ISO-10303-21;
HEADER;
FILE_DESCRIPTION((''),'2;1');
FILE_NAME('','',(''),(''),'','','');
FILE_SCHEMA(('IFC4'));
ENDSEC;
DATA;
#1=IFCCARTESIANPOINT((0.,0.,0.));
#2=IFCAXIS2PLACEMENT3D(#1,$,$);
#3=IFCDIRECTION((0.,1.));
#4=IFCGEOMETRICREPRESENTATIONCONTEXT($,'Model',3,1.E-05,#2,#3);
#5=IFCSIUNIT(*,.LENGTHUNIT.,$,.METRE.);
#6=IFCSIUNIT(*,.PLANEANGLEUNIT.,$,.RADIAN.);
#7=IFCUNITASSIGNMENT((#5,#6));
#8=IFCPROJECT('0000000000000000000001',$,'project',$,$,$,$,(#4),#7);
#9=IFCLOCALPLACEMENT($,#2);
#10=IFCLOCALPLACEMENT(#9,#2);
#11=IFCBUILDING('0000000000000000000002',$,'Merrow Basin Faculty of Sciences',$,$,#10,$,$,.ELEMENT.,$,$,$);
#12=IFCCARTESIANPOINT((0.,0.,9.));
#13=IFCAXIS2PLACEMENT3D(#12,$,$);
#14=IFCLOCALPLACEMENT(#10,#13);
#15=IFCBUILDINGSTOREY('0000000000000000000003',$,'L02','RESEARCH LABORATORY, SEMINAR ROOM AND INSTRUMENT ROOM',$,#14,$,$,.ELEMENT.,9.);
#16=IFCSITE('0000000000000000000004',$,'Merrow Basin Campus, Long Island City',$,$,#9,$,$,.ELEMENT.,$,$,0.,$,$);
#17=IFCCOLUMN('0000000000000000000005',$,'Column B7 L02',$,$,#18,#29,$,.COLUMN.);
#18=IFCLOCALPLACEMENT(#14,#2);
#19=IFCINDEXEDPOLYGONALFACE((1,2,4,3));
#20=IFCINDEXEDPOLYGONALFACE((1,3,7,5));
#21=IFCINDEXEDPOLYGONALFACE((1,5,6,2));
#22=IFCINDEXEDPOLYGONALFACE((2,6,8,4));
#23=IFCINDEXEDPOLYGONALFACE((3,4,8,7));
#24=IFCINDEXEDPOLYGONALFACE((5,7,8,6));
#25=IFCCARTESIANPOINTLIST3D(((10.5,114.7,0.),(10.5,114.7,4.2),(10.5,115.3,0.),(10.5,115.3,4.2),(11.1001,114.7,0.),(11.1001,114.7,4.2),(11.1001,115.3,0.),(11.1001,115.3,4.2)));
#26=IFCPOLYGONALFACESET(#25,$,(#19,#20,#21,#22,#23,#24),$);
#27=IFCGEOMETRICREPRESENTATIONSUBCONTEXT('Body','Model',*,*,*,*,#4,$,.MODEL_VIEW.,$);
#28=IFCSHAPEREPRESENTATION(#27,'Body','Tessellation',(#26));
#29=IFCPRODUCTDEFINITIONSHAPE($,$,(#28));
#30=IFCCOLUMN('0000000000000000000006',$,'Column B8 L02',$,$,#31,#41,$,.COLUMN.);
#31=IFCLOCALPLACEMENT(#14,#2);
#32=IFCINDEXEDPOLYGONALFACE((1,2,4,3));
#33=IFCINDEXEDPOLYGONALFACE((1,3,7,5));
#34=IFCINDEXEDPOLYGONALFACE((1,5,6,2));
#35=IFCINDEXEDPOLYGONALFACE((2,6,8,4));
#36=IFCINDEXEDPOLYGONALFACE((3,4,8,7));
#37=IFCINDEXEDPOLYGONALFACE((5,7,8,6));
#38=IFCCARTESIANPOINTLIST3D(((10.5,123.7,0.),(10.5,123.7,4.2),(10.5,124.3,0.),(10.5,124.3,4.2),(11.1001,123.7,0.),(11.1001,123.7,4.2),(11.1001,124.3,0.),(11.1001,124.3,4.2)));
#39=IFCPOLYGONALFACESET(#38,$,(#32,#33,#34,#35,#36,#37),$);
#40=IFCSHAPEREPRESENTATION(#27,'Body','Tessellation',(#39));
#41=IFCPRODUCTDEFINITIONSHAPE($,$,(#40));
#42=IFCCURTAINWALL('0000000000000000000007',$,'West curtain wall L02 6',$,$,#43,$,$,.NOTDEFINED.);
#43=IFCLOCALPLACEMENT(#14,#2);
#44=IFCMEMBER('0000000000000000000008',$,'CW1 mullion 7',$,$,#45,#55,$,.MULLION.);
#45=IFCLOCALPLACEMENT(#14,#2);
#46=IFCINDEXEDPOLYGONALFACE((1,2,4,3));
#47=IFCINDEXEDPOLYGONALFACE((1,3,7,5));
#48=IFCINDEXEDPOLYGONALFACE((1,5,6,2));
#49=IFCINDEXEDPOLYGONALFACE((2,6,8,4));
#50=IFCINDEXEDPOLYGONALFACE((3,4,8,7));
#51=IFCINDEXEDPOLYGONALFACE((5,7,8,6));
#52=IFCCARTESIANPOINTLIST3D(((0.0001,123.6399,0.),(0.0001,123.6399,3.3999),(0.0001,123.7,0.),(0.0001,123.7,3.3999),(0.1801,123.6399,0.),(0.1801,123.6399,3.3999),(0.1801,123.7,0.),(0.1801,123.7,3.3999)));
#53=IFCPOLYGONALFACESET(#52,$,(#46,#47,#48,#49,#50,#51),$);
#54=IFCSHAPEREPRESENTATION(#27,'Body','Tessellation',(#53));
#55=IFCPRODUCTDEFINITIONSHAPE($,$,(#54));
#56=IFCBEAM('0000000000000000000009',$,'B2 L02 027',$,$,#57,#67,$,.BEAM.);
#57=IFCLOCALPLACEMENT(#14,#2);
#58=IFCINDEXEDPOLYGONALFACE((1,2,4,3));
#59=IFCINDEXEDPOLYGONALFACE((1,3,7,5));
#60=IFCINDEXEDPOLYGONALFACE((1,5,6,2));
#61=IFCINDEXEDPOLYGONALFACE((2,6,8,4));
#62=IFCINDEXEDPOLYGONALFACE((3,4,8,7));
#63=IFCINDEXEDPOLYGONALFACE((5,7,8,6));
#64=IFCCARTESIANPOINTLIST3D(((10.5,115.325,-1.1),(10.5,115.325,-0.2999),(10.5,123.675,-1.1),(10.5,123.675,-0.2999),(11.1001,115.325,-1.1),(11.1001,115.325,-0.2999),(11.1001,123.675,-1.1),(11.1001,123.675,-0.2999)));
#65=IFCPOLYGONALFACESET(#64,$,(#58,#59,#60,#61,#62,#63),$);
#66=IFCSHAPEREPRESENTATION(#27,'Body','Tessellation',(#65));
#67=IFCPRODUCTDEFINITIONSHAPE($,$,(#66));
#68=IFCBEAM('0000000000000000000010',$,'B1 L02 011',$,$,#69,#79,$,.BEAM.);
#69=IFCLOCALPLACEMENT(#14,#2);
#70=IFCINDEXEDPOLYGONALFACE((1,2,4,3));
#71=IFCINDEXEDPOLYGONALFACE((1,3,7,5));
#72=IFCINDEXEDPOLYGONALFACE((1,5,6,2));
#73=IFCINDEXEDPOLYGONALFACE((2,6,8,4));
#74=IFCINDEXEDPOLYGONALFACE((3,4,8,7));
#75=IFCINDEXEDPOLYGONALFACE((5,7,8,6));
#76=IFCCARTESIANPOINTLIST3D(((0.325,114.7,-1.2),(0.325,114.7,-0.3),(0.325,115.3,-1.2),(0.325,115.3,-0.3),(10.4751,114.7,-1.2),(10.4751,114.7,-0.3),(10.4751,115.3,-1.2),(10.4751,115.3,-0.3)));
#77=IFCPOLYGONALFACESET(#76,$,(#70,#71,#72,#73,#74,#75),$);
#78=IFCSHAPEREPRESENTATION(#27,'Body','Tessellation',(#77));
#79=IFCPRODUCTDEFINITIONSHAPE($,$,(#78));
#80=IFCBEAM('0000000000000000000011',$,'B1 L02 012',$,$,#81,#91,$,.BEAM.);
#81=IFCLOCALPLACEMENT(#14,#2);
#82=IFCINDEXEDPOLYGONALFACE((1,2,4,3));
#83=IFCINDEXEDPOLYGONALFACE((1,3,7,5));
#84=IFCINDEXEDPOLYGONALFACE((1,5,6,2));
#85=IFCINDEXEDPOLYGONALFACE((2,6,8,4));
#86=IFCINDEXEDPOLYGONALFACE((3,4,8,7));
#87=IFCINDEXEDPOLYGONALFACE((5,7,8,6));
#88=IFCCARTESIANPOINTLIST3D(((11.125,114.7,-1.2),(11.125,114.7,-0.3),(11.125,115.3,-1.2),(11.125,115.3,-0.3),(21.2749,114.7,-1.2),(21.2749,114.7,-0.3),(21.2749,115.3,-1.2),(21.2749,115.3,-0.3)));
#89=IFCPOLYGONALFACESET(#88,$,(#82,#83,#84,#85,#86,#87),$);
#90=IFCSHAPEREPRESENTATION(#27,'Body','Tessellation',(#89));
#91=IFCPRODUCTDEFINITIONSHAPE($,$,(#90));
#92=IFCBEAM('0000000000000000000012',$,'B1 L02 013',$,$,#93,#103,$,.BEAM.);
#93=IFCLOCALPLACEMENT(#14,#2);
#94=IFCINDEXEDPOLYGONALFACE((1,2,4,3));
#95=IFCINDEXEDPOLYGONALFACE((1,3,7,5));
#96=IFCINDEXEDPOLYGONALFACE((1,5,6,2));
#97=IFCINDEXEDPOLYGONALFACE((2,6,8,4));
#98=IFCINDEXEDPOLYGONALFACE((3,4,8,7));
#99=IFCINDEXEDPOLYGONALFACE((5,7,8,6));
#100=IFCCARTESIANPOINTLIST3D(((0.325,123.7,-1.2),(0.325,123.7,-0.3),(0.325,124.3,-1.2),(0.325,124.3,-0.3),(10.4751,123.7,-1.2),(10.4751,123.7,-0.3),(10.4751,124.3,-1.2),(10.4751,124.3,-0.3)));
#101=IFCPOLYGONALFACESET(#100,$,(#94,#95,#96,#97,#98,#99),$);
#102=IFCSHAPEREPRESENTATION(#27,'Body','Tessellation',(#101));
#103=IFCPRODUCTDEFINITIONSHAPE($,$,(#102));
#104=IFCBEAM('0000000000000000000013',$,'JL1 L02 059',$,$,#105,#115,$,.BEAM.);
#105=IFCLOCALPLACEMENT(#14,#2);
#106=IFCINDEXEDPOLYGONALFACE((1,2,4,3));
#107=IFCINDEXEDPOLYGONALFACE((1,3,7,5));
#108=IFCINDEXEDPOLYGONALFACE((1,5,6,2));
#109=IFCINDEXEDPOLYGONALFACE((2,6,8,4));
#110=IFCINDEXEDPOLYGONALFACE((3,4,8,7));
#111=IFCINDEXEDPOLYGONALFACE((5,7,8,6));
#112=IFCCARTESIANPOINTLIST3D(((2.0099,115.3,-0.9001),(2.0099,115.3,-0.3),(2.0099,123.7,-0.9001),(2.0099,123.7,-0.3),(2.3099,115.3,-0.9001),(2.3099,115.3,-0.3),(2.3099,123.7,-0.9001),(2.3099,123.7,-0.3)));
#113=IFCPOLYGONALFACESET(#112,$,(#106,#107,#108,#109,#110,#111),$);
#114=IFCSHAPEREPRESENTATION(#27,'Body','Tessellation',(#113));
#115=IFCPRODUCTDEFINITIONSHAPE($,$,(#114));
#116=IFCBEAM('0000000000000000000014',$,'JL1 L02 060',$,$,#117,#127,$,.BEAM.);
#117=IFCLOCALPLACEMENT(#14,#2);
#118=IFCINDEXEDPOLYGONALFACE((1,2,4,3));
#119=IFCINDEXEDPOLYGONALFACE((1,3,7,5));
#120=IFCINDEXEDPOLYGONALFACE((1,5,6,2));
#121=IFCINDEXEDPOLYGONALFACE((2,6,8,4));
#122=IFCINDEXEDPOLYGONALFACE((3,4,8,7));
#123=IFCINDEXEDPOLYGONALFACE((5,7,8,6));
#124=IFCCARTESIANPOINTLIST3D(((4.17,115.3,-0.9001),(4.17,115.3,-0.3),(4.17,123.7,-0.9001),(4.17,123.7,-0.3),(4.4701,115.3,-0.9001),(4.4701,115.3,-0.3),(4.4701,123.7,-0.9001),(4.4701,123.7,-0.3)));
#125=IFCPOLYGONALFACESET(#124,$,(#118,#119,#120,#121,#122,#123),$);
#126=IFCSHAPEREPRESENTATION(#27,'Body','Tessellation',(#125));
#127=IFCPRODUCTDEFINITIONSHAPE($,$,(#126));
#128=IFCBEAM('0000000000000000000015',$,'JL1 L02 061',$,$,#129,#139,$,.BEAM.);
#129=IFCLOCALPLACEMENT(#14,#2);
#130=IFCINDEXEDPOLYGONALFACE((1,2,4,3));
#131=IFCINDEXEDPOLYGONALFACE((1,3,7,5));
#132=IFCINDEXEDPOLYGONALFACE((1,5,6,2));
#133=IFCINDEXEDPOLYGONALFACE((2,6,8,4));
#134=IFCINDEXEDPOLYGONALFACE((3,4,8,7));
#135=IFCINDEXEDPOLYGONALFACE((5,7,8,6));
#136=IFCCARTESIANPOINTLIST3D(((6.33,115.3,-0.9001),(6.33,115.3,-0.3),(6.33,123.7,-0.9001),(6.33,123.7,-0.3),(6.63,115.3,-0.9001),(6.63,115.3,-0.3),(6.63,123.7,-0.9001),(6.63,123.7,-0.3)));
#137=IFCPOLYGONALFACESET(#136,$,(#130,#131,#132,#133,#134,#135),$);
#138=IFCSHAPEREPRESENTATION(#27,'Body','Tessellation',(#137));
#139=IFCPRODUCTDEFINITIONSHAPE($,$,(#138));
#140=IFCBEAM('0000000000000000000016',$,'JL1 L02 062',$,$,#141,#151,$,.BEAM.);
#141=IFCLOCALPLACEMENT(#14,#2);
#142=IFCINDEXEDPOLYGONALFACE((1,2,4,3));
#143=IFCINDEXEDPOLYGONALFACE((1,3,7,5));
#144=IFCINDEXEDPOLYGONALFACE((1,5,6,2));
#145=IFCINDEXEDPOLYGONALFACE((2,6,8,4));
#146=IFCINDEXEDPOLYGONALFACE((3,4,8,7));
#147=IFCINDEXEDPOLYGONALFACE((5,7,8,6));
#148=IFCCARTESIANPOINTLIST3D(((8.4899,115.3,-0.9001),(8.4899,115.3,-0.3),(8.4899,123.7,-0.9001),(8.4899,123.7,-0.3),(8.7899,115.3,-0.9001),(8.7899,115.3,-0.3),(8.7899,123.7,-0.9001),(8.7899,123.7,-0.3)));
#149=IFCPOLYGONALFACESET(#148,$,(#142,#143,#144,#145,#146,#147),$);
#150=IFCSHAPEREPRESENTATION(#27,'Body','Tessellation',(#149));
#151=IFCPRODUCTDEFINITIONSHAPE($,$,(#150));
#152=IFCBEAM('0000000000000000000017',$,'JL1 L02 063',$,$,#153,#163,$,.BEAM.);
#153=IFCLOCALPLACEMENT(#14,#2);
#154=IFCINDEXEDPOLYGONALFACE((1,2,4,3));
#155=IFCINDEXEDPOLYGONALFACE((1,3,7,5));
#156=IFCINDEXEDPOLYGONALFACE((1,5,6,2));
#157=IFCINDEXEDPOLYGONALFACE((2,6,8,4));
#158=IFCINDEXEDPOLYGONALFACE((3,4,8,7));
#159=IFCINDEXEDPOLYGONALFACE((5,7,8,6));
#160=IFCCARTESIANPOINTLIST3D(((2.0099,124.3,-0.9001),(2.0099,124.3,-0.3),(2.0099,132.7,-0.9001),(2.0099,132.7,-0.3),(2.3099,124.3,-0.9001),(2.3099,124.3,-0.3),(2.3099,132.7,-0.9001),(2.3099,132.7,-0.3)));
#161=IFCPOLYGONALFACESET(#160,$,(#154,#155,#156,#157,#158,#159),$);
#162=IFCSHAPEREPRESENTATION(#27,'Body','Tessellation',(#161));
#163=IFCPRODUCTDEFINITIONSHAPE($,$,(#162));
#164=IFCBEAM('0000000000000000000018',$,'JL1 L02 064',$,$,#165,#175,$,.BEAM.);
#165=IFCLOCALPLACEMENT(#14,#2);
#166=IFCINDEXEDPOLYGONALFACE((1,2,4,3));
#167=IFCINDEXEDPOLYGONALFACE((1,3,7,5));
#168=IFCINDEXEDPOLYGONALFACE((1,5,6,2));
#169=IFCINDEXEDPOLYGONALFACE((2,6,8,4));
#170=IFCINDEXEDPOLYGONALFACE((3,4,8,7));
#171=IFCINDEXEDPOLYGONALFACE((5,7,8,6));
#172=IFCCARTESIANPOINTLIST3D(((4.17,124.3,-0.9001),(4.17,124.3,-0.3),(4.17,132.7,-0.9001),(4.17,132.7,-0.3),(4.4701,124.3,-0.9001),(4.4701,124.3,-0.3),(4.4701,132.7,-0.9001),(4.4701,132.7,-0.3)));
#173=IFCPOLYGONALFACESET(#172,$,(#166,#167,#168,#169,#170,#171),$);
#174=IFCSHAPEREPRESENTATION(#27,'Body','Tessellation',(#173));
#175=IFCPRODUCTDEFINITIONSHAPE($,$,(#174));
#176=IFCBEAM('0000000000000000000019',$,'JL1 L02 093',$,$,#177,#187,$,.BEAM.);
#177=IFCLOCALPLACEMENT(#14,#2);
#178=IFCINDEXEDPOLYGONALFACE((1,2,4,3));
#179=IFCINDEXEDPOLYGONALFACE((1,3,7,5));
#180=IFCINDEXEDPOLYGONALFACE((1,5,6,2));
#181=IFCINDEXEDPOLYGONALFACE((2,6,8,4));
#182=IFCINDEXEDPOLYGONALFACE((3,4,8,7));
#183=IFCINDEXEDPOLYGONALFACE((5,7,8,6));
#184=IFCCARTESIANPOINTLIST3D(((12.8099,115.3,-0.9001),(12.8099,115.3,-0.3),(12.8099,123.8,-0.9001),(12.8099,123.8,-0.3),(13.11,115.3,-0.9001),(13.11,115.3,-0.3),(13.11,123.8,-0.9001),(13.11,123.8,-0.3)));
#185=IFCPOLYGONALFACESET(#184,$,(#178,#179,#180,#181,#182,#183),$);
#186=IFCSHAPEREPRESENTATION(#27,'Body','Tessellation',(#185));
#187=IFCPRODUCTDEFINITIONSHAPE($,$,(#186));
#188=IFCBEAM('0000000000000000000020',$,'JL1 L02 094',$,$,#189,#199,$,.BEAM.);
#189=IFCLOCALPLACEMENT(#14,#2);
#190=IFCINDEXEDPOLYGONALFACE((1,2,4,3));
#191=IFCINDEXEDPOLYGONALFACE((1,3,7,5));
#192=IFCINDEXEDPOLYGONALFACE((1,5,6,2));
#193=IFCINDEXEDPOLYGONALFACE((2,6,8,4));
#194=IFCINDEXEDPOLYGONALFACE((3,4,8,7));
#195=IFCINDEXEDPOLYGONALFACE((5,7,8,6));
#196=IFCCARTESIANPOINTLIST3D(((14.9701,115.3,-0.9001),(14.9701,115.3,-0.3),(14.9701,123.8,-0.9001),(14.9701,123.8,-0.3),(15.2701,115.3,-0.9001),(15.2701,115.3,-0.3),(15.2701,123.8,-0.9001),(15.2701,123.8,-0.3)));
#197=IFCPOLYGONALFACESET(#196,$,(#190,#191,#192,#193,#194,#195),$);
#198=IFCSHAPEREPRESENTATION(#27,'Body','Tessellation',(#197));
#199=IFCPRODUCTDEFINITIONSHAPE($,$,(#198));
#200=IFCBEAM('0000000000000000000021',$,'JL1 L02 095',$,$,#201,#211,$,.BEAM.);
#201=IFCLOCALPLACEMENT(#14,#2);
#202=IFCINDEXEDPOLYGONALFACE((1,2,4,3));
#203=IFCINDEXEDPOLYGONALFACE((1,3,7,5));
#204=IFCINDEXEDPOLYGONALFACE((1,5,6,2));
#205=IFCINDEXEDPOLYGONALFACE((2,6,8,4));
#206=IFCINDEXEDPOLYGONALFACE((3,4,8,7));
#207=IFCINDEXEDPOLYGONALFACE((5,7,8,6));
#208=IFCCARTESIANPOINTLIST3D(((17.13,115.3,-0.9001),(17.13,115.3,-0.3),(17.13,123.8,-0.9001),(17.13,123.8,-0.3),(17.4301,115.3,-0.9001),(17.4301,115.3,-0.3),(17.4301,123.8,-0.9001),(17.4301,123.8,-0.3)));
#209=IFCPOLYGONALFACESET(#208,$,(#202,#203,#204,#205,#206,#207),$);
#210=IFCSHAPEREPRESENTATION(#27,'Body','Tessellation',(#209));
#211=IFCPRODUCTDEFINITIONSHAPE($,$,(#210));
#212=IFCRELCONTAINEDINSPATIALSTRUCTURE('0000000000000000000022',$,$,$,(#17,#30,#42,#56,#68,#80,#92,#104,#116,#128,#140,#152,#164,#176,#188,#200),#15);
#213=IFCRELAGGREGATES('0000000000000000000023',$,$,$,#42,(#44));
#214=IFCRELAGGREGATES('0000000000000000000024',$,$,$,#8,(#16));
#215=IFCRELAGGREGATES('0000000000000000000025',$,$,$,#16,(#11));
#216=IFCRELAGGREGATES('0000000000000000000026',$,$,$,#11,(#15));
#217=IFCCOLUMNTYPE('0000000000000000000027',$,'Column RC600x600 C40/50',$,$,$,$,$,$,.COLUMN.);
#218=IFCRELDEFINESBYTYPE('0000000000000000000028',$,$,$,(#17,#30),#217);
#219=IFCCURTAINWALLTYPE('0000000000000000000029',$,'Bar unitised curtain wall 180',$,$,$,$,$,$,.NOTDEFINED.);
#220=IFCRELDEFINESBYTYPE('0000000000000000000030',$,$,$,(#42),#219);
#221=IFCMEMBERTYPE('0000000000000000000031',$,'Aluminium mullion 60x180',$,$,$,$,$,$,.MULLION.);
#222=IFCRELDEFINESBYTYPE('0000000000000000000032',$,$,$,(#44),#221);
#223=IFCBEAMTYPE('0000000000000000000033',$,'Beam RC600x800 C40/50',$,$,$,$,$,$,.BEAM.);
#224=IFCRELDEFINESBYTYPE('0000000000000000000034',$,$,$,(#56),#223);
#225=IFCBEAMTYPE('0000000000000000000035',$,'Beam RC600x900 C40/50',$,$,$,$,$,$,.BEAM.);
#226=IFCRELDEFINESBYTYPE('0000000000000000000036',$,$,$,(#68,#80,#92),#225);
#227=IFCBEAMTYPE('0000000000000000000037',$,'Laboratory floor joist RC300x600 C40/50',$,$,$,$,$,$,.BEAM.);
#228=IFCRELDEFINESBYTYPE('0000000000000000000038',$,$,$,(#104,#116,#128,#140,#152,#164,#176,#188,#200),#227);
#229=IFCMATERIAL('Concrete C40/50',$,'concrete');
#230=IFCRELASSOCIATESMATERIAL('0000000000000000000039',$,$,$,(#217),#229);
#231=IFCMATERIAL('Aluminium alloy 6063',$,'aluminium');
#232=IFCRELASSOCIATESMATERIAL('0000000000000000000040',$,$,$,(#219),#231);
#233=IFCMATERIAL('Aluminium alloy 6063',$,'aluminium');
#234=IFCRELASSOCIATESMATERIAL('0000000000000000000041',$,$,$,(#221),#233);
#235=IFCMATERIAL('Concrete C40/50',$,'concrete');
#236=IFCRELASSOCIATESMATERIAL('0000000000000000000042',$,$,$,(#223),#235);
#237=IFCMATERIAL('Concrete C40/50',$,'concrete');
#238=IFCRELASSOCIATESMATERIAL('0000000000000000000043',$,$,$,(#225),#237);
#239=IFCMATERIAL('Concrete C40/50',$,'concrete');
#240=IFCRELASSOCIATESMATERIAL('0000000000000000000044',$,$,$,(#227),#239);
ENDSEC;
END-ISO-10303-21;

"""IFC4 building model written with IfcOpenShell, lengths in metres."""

from ifc_helpers import new_model, si_unit, direction, frame, origin, origin_2d, place, context, subcontext, project, spatial, rectangle, extrude, material, material_profile, profile_set, type_object, element, aggregate, save


model = new_model("IFC4")

# Units and contexts
model_context = context("Model", 3, precision=1e-05, world=origin(), true_north=direction((0.0, 1.0)))
body_context = subcontext(model_context, "Body", "Model", "MODEL_VIEW")
ifc_project = project(units=[si_unit("LENGTHUNIT", "METRE"), si_unit("PLANEANGLEUNIT", "RADIAN")], contexts=[model_context])

# Site, building, storey
site_placement = place(None, origin())
site = spatial("IfcSite", under=ifc_project, at=site_placement, Name="Merrow Basin Campus, Long Island City", CompositionType="ELEMENT", RefElevation=0.0)
building_placement = place(site_placement, origin())
building = spatial("IfcBuilding", under=site, at=building_placement, Name="Merrow Basin Faculty of Sciences", CompositionType="ELEMENT")
storey_placement = place(building_placement, frame((0.0, 0.0, 9.0)))
storey = spatial("IfcBuildingStorey", under=building, at=storey_placement, Name="L02", Description="RESEARCH LABORATORY, SEMINAR ROOM AND INSTRUMENT ROOM", CompositionType="ELEMENT", Elevation=9.0)

# Columns
ifc_material_1 = material(Name="Concrete C40/50", Category="concrete")
ifc_material_profile_1 = material_profile(ifc_material_1, rectangle(XDim=0.6001, YDim=0.6001, at=origin_2d()))
ifc_profile_set_1 = profile_set([ifc_material_profile_1], Name="Concrete C40/50")
column_type = type_object("IfcColumnType", Name="Column RC600x600 C40/50", PredefinedType="COLUMN", material=ifc_profile_set_1)
for number, where, z_axis, x_axis, name in (
    (1, (10.8, 115.0, 0.0), (0.0, 0.0, 1.0), (1.0, 0.0, 0.0), "Column B7 L02"),
    (2, (10.8, 124.0, 0.0), (0.0, 0.0, 1.0), (1.0, 0.0, 0.0), "Column B8 L02"),
):
    element("IfcColumn", number, at=place(storey_placement, frame(where, z_axis=z_axis, x_axis=x_axis)), inside=storey, type_object=column_type, Name=name, PredefinedType="COLUMN", context=body_context, shape_type="SweptSolid", body=[
        extrude(rectangle(XDim=0.6001, YDim=0.6001, at=origin_2d()), origin(), (0.0, 0.0, 1.0), 4.2),
    ])

# Curtain wall, member
ifc_material_2 = material(Name="Aluminium alloy 6063", Category="aluminium")
curtain_wall_type = type_object("IfcCurtainWallType", Name="Bar unitised curtain wall 180", PredefinedType="NOTDEFINED", material=ifc_material_2)
curtain_wall_placement = place(storey_placement, origin())
curtain_wall = element("IfcCurtainWall", 3, at=curtain_wall_placement, inside=storey, type_object=curtain_wall_type, Name="West curtain wall L02 6", PredefinedType="NOTDEFINED")
ifc_material_3 = material(Name="Aluminium alloy 6063", Category="aluminium")
ifc_material_profile_2 = material_profile(ifc_material_3, rectangle(XDim=0.1799, YDim=0.0601, at=origin_2d()))
ifc_profile_set_2 = profile_set([ifc_material_profile_2], Name="Aluminium alloy 6063")
member_type = type_object("IfcMemberType", Name="Aluminium mullion 60x180", PredefinedType="MULLION", material=ifc_profile_set_2)
member_placement = place(storey_placement, frame((0.0901, 123.6699, 0.0), z_axis=(0.0, 0.0, 1.0), x_axis=(-1.0, 0.0, 0.0)))
member = element("IfcMember", 4, at=member_placement, type_object=member_type, Name="CW1 mullion 7", PredefinedType="MULLION", context=body_context, shape_type="SweptSolid", body=[
    extrude(rectangle(XDim=0.1799, YDim=0.0601, at=origin_2d()), origin(), (0.0, 0.0, 1.0), 3.3999),
])

# Beams
ifc_material_4 = material(Name="Concrete C40/50", Category="concrete")
ifc_material_profile_3 = material_profile(ifc_material_4, rectangle(XDim=0.6001, YDim=0.8, at=origin_2d()))
ifc_profile_set_3 = profile_set([ifc_material_profile_3], Name="Concrete C40/50")
beam_type_1 = type_object("IfcBeamType", Name="Beam RC600x800 C40/50", PredefinedType="BEAM", material=ifc_profile_set_3)
beam_1_placement = place(storey_placement, frame((10.8, 115.325, -0.7), z_axis=(0.0, 1.0, 0.0), x_axis=(-1.0, 0.0, 0.0)))
element("IfcBeam", 5, at=beam_1_placement, inside=storey, type_object=beam_type_1, Name="B2 L02 027", PredefinedType="BEAM", context=body_context, shape_type="SweptSolid", body=[
    extrude(rectangle(XDim=0.6001, YDim=0.8, at=origin_2d()), origin(), (0.0, 0.0, 1.0), 8.3501),
])
ifc_material_5 = material(Name="Concrete C40/50", Category="concrete")
ifc_material_profile_4 = material_profile(ifc_material_5, rectangle(XDim=0.6001, YDim=0.8999, at=origin_2d()))
ifc_profile_set_4 = profile_set([ifc_material_profile_4], Name="Concrete C40/50")
beam_type_2 = type_object("IfcBeamType", Name="Beam RC600x900 C40/50", PredefinedType="BEAM", material=ifc_profile_set_4)
beam_2_placement = place(storey_placement, frame((0.325, 115.0, -0.75), z_axis=(1.0, 0.0, 0.0), x_axis=(0.0, 1.0, 0.0)))
element("IfcBeam", 6, at=beam_2_placement, inside=storey, type_object=beam_type_2, Name="B1 L02 011", PredefinedType="BEAM", context=body_context, shape_type="SweptSolid", body=[
    extrude(rectangle(XDim=0.6001, YDim=0.8999, at=origin_2d()), origin(), (0.0, 0.0, 1.0), 10.1501),
])
beam_3_placement = place(storey_placement, frame((11.125, 115.0, -0.75), z_axis=(1.0, 0.0, 0.0), x_axis=(0.0, 1.0, 0.0)))
element("IfcBeam", 7, at=beam_3_placement, inside=storey, type_object=beam_type_2, Name="B1 L02 012", PredefinedType="BEAM", context=body_context, shape_type="SweptSolid", body=[
    extrude(rectangle(XDim=0.6001, YDim=0.8999, at=origin_2d()), origin(), (0.0, 0.0, 1.0), 10.1499),
])
beam_4_placement = place(storey_placement, frame((0.325, 124.0, -0.75), z_axis=(1.0, 0.0, 0.0), x_axis=(0.0, 1.0, 0.0)))
element("IfcBeam", 8, at=beam_4_placement, inside=storey, type_object=beam_type_2, Name="B1 L02 013", PredefinedType="BEAM", context=body_context, shape_type="SweptSolid", body=[
    extrude(rectangle(XDim=0.6001, YDim=0.8999, at=origin_2d()), origin(), (0.0, 0.0, 1.0), 10.1501),
])
ifc_material_6 = material(Name="Concrete C40/50", Category="concrete")
ifc_material_profile_5 = material_profile(ifc_material_6, rectangle(XDim=0.3, YDim=0.6001, at=origin_2d()))
ifc_profile_set_5 = profile_set([ifc_material_profile_5], Name="Concrete C40/50")
beam_type_3 = type_object("IfcBeamType", Name="Laboratory floor joist RC300x600 C40/50", PredefinedType="BEAM", material=ifc_profile_set_5)
for number, where, z_axis, x_axis, name in (
    (9, (2.1599, 115.3, -0.6001), (0.0, 1.0, 0.0), (-1.0, 0.0, 0.0), "JL1 L02 059"),
    (10, (4.3201, 115.3, -0.6001), (0.0, 1.0, 0.0), (-1.0, 0.0, 0.0), "JL1 L02 060"),
    (11, (6.48, 115.3, -0.6001), (0.0, 1.0, 0.0), (-1.0, 0.0, 0.0), "JL1 L02 061"),
    (12, (8.6399, 115.3, -0.6001), (0.0, 1.0, 0.0), (-1.0, 0.0, 0.0), "JL1 L02 062"),
    (13, (2.1599, 124.3, -0.6001), (0.0, 1.0, 0.0), (-1.0, 0.0, 0.0), "JL1 L02 063"),
    (14, (4.3201, 124.3, -0.6001), (0.0, 1.0, 0.0), (-1.0, 0.0, 0.0), "JL1 L02 064"),
):
    element("IfcBeam", number, at=place(storey_placement, frame(where, z_axis=z_axis, x_axis=x_axis)), inside=storey, type_object=beam_type_3, Name=name, PredefinedType="BEAM", context=body_context, shape_type="SweptSolid", body=[
        extrude(rectangle(XDim=0.3, YDim=0.6001, at=origin_2d()), origin(), (0.0, 0.0, 1.0), 8.3999),
    ])
for number, where, z_axis, x_axis, name in (
    (15, (12.96, 115.3, -0.6001), (0.0, 1.0, 0.0), (-1.0, 0.0, 0.0), "JL1 L02 093"),
    (16, (15.1201, 115.3, -0.6001), (0.0, 1.0, 0.0), (-1.0, 0.0, 0.0), "JL1 L02 094"),
    (17, (17.28, 115.3, -0.6001), (0.0, 1.0, 0.0), (-1.0, 0.0, 0.0), "JL1 L02 095"),
):
    element("IfcBeam", number, at=place(storey_placement, frame(where, z_axis=z_axis, x_axis=x_axis)), inside=storey, type_object=beam_type_3, Name=name, PredefinedType="BEAM", context=body_context, shape_type="SweptSolid", body=[
        extrude(rectangle(XDim=0.3, YDim=0.6001, at=origin_2d()), origin(), (0.0, 0.0, 1.0), 8.5),
    ])

aggregate(curtain_wall, [member])

save(model, "model.ifc")
